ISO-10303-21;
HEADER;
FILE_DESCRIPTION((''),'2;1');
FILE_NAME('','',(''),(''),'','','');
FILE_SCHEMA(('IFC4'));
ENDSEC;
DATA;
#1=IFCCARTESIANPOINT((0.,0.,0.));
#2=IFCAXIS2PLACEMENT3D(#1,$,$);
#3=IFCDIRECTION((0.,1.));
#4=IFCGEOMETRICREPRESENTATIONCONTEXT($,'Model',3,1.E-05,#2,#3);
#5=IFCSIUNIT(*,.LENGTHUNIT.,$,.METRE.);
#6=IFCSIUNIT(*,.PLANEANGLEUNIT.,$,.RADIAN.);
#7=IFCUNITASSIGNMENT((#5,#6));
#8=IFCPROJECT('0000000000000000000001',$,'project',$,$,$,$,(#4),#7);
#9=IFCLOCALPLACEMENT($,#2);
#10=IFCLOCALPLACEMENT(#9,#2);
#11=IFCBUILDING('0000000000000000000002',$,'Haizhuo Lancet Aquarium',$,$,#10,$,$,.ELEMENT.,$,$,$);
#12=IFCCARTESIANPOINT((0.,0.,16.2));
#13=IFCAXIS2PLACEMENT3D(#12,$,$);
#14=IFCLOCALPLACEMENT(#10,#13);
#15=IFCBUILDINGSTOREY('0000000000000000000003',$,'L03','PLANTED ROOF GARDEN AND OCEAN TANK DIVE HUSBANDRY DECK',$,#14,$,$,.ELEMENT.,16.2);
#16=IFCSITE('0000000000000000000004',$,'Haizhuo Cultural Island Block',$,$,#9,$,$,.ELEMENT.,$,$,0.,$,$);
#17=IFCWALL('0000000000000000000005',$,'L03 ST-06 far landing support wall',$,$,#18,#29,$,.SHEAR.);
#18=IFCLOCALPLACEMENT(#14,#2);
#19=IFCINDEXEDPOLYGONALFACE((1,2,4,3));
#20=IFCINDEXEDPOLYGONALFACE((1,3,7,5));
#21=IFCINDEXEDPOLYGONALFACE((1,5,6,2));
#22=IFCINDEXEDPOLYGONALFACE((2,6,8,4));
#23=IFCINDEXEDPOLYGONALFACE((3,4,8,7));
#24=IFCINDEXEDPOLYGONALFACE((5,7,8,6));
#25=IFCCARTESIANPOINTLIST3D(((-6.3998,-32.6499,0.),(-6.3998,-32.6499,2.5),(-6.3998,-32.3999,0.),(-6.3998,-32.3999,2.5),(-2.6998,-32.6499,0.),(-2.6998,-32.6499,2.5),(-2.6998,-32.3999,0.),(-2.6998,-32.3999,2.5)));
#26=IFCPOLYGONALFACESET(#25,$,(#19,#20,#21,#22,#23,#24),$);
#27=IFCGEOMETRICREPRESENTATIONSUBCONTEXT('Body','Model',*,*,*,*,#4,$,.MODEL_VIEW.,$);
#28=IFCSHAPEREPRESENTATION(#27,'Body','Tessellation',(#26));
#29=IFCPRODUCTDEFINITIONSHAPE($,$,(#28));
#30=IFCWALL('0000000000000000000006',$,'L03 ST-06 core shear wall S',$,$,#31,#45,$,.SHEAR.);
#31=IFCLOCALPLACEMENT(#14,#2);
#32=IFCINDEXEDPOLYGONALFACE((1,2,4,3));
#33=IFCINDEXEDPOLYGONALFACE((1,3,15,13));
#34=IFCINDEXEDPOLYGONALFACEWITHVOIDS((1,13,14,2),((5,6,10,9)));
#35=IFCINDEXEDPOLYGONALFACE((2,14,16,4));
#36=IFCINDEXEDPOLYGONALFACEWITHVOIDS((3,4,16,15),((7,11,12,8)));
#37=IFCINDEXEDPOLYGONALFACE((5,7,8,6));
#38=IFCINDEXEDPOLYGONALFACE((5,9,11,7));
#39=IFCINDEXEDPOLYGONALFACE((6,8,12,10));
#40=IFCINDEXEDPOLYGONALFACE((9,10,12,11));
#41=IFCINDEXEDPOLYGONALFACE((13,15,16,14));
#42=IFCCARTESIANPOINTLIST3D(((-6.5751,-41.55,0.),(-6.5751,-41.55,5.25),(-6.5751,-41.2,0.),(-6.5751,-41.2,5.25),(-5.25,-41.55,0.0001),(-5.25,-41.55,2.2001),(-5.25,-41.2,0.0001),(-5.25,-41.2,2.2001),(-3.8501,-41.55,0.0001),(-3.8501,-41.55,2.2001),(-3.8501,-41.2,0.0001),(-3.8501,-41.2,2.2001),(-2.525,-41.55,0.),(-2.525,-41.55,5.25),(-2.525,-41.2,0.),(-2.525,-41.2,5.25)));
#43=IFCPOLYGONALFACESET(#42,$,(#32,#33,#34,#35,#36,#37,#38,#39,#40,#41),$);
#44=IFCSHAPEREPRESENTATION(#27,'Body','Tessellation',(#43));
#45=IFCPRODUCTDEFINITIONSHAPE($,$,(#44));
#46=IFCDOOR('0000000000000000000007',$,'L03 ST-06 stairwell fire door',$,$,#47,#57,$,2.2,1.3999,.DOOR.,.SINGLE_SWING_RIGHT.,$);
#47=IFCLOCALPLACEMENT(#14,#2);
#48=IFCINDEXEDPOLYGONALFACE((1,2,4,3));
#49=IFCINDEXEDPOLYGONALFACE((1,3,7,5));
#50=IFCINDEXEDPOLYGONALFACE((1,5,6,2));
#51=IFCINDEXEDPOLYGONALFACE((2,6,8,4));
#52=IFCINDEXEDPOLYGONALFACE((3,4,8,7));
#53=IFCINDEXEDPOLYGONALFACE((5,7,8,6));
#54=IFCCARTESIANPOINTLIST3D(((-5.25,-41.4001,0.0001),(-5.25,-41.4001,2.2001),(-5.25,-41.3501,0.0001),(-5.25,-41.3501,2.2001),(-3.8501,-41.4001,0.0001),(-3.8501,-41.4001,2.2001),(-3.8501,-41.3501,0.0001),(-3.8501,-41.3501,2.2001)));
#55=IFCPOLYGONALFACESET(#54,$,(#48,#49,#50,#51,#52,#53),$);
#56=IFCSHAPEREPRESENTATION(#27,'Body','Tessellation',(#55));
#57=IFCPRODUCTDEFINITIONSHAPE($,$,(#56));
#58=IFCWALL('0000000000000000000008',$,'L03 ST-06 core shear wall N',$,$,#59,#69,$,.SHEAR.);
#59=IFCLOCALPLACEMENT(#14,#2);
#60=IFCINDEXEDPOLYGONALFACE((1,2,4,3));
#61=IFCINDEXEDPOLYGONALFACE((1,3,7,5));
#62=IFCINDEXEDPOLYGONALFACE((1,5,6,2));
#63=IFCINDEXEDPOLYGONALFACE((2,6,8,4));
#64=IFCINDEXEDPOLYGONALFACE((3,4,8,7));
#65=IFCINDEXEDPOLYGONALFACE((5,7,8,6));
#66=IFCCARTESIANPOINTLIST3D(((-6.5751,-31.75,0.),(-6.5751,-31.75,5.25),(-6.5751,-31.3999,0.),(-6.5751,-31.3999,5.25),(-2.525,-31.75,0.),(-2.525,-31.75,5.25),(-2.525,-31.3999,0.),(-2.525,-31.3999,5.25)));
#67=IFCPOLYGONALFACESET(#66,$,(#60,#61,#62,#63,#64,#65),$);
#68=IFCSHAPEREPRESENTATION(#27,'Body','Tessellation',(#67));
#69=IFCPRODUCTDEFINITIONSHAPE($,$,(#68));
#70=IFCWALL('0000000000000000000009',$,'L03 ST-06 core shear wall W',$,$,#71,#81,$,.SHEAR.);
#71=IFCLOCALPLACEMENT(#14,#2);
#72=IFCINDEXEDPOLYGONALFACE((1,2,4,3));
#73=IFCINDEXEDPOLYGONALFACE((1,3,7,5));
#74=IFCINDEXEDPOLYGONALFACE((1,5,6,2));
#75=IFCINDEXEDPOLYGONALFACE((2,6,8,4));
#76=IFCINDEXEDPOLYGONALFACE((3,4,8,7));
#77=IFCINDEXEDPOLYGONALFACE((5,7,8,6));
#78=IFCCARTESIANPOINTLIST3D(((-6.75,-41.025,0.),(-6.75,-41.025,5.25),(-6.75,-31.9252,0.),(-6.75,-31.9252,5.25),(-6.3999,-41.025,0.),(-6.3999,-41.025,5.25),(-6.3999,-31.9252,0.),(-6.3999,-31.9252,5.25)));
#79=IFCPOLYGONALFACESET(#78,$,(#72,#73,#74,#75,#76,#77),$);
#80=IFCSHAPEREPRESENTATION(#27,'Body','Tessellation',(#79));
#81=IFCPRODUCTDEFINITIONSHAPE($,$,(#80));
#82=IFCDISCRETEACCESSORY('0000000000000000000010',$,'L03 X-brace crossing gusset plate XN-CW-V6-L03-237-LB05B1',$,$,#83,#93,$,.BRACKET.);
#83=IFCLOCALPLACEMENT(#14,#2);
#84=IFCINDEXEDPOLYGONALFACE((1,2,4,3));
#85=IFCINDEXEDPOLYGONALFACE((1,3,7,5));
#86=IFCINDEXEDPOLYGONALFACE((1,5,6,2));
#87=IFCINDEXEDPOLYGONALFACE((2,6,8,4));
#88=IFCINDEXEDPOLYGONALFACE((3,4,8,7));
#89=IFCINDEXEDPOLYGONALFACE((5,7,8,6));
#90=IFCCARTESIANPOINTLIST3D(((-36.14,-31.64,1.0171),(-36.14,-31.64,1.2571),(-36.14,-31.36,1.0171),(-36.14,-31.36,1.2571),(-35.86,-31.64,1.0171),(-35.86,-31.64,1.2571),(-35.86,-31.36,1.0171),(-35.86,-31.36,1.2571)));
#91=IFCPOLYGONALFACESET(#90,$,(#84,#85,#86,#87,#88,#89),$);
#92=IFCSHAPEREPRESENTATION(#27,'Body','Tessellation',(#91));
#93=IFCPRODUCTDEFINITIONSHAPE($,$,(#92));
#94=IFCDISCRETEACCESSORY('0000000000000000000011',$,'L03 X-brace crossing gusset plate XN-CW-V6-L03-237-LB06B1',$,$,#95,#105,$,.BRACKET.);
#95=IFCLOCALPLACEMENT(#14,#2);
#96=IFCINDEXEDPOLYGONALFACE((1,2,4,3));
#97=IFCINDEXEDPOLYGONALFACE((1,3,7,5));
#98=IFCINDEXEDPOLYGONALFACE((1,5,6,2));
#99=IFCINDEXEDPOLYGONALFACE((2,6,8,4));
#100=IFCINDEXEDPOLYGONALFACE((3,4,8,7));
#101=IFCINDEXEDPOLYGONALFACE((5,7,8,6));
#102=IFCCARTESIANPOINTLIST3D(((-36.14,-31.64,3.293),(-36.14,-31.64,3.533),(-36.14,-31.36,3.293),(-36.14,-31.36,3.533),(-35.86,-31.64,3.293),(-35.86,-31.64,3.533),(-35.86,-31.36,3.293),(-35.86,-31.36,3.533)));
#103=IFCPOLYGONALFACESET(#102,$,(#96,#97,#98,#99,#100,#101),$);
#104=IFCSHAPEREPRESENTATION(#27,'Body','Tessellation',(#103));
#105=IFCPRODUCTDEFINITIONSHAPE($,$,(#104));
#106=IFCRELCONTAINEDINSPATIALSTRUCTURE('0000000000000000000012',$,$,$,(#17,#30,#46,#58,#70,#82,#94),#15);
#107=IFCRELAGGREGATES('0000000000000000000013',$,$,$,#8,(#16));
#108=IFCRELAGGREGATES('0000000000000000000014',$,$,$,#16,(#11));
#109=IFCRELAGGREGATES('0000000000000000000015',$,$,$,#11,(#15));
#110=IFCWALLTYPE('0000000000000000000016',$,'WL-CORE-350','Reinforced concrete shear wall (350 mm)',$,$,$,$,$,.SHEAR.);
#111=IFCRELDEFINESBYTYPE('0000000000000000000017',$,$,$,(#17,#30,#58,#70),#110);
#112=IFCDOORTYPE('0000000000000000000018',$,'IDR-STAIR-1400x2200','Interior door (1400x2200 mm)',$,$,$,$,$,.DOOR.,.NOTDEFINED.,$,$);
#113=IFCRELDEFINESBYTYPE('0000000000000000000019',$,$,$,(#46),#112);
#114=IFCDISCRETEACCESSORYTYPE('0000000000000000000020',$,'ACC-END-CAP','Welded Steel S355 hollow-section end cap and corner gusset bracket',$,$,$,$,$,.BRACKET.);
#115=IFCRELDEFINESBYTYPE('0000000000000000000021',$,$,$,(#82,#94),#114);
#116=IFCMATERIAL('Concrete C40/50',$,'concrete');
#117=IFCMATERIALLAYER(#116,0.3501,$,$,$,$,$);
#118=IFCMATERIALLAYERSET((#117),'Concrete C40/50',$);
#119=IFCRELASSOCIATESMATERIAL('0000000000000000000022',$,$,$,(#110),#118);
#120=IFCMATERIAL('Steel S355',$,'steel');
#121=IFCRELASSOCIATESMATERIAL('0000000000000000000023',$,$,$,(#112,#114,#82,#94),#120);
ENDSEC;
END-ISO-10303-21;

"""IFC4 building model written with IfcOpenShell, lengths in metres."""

from ifc_helpers import new_model, si_unit, direction, frame, frame_2d, origin, origin_2d, place, context, subcontext, project, spatial, rectangle, extrude, material, layer, layer_set, type_object, element, fill, save


model = new_model("IFC4")

# Units and contexts
model_context = context("Model", 3, precision=1e-05, world=origin(), true_north=direction((0.0, 1.0)))
body_context = subcontext(model_context, "Body", "Model", "MODEL_VIEW")
ifc_project = project(units=[si_unit("LENGTHUNIT", "METRE"), si_unit("PLANEANGLEUNIT", "RADIAN")], contexts=[model_context])

# Site, building, storey
site_placement = place(None, origin())
site = spatial("IfcSite", under=ifc_project, at=site_placement, Name="Haizhuo Cultural Island Block", CompositionType="ELEMENT", RefElevation=0.0)
building_placement = place(site_placement, origin())
building = spatial("IfcBuilding", under=site, at=building_placement, Name="Haizhuo Lancet Aquarium", CompositionType="ELEMENT")
storey_placement = place(building_placement, frame((0.0, 0.0, 16.2)))
storey = spatial("IfcBuildingStorey", under=building, at=storey_placement, Name="L03", Description="PLANTED ROOF GARDEN AND OCEAN TANK DIVE HUSBANDRY DECK", CompositionType="ELEMENT", Elevation=16.2)

# Shared definitions
ifc_material_1 = material(Name="Steel S355", Category="steel")

# Wall
ifc_material_2 = material(Name="Concrete C40/50", Category="concrete")
ifc_layer_1 = layer(ifc_material_2, 0.3501)
ifc_layer_set_1 = layer_set([ifc_layer_1], Name="Concrete C40/50")
wall_type_1 = type_object("IfcWallType", Name="WL-CORE-350", Description="Reinforced concrete shear wall (350 mm)", PredefinedType="SHEAR", material=ifc_layer_set_1)
for number, where, z_axis, x_axis, name in (
    (1, (-6.3999, -32.5249, 0.0), (0.0, 0.0, 1.0), (1.0, 0.0, 0.0), "L03 ST-06 far landing support wall"),
):
    element("IfcWall", number, at=place(storey_placement, frame(where, z_axis=z_axis, x_axis=x_axis)), inside=storey, type_object=wall_type_1, Name=name, PredefinedType="SHEAR", context=body_context, shape_type="SweptSolid", body=[
        extrude(rectangle(XDim=3.7, YDim=0.25, at=frame_2d((1.8501, 0.0))), origin(), (0.0, 0.0, 1.0), 2.5),
    ])

# Wall, opening, door
wall_1_placement = place(storey_placement, frame((-6.575, -41.375, 0.0), z_axis=(0.0, 0.0, 1.0), x_axis=(1.0, 0.0, 0.0)))
wall_1 = element("IfcWall", 2, at=wall_1_placement, inside=storey, type_object=wall_type_1, Name="L03 ST-06 core shear wall S", PredefinedType="SHEAR", context=body_context, shape_type="SweptSolid", body=[
    extrude(rectangle(XDim=4.05, YDim=0.3501, at=frame_2d((2.0249, 0.0))), origin(), (0.0, 0.0, 1.0), 5.25),
])
opening_placement = place(wall_1_placement, frame((1.325, 0.0, 0.0)))
opening = element("IfcOpeningElement", 3, at=opening_placement, cuts=wall_1, PredefinedType="OPENING", context=body_context, shape_type="SweptSolid", body=[
    extrude(rectangle(XDim=1.3999, YDim=2.2, at=frame_2d((0.7, 1.1001))), frame((0.0, 0.1851, 0.0), z_axis=(0.0, -1.0, 0.0), x_axis=(1.0, 0.0, 0.0)), (0.0, 0.0, 1.0), 0.3701),
])
door_type = type_object("IfcDoorType", Name="IDR-STAIR-1400x2200", Description="Interior door (1400x2200 mm)", OperationType="NOTDEFINED", PredefinedType="DOOR", material=ifc_material_1)
door_placement = place(opening_placement, origin())
door = element("IfcDoor", 4, at=door_placement, inside=storey, type_object=door_type, Name="L03 ST-06 stairwell fire door", OperationType="SINGLE_SWING_RIGHT", OverallHeight=2.2, OverallWidth=1.3999, PredefinedType="DOOR", context=body_context, shape_type="SweptSolid", body=[
    extrude(rectangle(XDim=1.3999, YDim=2.2, at=frame_2d((0.7, 1.1001))), frame((0.0, 0.0249, 0.0), z_axis=(0.0, -1.0, 0.0), x_axis=(1.0, 0.0, 0.0)), (0.0, 0.0, 1.0), 0.05),
])
fill(opening, door)

# Walls
wall_2_placement = place(storey_placement, frame((-6.575, -31.575, 0.0), z_axis=(0.0, 0.0, 1.0), x_axis=(1.0, 0.0, 0.0)))
element("IfcWall", 5, at=wall_2_placement, inside=storey, type_object=wall_type_1, Name="L03 ST-06 core shear wall N", PredefinedType="SHEAR", context=body_context, shape_type="SweptSolid", body=[
    extrude(rectangle(XDim=4.05, YDim=0.3501, at=frame_2d((2.0249, 0.0))), origin(), (0.0, 0.0, 1.0), 5.25),
])
wall_3_placement = place(storey_placement, frame((-6.575, -41.0249, 0.0), z_axis=(0.0, 0.0, 1.0), x_axis=(0.0, 1.0, 0.0)))
element("IfcWall", 6, at=wall_3_placement, inside=storey, type_object=wall_type_1, Name="L03 ST-06 core shear wall W", PredefinedType="SHEAR", context=body_context, shape_type="SweptSolid", body=[
    extrude(rectangle(XDim=9.0999, YDim=0.3501, at=frame_2d((4.5498, 0.0))), origin(), (0.0, 0.0, 1.0), 5.25),
])

# Discrete accessories
discrete_accessory_type = type_object("IfcDiscreteAccessoryType", Name="ACC-END-CAP", Description="Welded Steel S355 hollow-section end cap and corner gusset bracket", PredefinedType="BRACKET", material=ifc_material_1)
for number, where, z_axis, x_axis, name in (
    (7, (-36.0, -31.5, 1.0171), (0.0, 0.0, 1.0), (1.0, 0.0, 0.0), "L03 X-brace crossing gusset plate XN-CW-V6-L03-237-LB05B1"),
    (8, (-36.0, -31.5, 3.293), (0.0, 0.0, 1.0), (1.0, 0.0, 0.0), "L03 X-brace crossing gusset plate XN-CW-V6-L03-237-LB06B1"),
):
    element("IfcDiscreteAccessory", number, at=place(storey_placement, frame(where, z_axis=z_axis, x_axis=x_axis)), inside=storey, type_object=discrete_accessory_type, material=ifc_material_1, Name=name, PredefinedType="BRACKET", context=body_context, shape_type="SweptSolid", body=[
        extrude(rectangle(XDim=0.28, YDim=0.28, at=origin_2d()), origin(), (0.0, 0.0, 1.0), 0.24),
    ])

save(model, "model.ifc")
